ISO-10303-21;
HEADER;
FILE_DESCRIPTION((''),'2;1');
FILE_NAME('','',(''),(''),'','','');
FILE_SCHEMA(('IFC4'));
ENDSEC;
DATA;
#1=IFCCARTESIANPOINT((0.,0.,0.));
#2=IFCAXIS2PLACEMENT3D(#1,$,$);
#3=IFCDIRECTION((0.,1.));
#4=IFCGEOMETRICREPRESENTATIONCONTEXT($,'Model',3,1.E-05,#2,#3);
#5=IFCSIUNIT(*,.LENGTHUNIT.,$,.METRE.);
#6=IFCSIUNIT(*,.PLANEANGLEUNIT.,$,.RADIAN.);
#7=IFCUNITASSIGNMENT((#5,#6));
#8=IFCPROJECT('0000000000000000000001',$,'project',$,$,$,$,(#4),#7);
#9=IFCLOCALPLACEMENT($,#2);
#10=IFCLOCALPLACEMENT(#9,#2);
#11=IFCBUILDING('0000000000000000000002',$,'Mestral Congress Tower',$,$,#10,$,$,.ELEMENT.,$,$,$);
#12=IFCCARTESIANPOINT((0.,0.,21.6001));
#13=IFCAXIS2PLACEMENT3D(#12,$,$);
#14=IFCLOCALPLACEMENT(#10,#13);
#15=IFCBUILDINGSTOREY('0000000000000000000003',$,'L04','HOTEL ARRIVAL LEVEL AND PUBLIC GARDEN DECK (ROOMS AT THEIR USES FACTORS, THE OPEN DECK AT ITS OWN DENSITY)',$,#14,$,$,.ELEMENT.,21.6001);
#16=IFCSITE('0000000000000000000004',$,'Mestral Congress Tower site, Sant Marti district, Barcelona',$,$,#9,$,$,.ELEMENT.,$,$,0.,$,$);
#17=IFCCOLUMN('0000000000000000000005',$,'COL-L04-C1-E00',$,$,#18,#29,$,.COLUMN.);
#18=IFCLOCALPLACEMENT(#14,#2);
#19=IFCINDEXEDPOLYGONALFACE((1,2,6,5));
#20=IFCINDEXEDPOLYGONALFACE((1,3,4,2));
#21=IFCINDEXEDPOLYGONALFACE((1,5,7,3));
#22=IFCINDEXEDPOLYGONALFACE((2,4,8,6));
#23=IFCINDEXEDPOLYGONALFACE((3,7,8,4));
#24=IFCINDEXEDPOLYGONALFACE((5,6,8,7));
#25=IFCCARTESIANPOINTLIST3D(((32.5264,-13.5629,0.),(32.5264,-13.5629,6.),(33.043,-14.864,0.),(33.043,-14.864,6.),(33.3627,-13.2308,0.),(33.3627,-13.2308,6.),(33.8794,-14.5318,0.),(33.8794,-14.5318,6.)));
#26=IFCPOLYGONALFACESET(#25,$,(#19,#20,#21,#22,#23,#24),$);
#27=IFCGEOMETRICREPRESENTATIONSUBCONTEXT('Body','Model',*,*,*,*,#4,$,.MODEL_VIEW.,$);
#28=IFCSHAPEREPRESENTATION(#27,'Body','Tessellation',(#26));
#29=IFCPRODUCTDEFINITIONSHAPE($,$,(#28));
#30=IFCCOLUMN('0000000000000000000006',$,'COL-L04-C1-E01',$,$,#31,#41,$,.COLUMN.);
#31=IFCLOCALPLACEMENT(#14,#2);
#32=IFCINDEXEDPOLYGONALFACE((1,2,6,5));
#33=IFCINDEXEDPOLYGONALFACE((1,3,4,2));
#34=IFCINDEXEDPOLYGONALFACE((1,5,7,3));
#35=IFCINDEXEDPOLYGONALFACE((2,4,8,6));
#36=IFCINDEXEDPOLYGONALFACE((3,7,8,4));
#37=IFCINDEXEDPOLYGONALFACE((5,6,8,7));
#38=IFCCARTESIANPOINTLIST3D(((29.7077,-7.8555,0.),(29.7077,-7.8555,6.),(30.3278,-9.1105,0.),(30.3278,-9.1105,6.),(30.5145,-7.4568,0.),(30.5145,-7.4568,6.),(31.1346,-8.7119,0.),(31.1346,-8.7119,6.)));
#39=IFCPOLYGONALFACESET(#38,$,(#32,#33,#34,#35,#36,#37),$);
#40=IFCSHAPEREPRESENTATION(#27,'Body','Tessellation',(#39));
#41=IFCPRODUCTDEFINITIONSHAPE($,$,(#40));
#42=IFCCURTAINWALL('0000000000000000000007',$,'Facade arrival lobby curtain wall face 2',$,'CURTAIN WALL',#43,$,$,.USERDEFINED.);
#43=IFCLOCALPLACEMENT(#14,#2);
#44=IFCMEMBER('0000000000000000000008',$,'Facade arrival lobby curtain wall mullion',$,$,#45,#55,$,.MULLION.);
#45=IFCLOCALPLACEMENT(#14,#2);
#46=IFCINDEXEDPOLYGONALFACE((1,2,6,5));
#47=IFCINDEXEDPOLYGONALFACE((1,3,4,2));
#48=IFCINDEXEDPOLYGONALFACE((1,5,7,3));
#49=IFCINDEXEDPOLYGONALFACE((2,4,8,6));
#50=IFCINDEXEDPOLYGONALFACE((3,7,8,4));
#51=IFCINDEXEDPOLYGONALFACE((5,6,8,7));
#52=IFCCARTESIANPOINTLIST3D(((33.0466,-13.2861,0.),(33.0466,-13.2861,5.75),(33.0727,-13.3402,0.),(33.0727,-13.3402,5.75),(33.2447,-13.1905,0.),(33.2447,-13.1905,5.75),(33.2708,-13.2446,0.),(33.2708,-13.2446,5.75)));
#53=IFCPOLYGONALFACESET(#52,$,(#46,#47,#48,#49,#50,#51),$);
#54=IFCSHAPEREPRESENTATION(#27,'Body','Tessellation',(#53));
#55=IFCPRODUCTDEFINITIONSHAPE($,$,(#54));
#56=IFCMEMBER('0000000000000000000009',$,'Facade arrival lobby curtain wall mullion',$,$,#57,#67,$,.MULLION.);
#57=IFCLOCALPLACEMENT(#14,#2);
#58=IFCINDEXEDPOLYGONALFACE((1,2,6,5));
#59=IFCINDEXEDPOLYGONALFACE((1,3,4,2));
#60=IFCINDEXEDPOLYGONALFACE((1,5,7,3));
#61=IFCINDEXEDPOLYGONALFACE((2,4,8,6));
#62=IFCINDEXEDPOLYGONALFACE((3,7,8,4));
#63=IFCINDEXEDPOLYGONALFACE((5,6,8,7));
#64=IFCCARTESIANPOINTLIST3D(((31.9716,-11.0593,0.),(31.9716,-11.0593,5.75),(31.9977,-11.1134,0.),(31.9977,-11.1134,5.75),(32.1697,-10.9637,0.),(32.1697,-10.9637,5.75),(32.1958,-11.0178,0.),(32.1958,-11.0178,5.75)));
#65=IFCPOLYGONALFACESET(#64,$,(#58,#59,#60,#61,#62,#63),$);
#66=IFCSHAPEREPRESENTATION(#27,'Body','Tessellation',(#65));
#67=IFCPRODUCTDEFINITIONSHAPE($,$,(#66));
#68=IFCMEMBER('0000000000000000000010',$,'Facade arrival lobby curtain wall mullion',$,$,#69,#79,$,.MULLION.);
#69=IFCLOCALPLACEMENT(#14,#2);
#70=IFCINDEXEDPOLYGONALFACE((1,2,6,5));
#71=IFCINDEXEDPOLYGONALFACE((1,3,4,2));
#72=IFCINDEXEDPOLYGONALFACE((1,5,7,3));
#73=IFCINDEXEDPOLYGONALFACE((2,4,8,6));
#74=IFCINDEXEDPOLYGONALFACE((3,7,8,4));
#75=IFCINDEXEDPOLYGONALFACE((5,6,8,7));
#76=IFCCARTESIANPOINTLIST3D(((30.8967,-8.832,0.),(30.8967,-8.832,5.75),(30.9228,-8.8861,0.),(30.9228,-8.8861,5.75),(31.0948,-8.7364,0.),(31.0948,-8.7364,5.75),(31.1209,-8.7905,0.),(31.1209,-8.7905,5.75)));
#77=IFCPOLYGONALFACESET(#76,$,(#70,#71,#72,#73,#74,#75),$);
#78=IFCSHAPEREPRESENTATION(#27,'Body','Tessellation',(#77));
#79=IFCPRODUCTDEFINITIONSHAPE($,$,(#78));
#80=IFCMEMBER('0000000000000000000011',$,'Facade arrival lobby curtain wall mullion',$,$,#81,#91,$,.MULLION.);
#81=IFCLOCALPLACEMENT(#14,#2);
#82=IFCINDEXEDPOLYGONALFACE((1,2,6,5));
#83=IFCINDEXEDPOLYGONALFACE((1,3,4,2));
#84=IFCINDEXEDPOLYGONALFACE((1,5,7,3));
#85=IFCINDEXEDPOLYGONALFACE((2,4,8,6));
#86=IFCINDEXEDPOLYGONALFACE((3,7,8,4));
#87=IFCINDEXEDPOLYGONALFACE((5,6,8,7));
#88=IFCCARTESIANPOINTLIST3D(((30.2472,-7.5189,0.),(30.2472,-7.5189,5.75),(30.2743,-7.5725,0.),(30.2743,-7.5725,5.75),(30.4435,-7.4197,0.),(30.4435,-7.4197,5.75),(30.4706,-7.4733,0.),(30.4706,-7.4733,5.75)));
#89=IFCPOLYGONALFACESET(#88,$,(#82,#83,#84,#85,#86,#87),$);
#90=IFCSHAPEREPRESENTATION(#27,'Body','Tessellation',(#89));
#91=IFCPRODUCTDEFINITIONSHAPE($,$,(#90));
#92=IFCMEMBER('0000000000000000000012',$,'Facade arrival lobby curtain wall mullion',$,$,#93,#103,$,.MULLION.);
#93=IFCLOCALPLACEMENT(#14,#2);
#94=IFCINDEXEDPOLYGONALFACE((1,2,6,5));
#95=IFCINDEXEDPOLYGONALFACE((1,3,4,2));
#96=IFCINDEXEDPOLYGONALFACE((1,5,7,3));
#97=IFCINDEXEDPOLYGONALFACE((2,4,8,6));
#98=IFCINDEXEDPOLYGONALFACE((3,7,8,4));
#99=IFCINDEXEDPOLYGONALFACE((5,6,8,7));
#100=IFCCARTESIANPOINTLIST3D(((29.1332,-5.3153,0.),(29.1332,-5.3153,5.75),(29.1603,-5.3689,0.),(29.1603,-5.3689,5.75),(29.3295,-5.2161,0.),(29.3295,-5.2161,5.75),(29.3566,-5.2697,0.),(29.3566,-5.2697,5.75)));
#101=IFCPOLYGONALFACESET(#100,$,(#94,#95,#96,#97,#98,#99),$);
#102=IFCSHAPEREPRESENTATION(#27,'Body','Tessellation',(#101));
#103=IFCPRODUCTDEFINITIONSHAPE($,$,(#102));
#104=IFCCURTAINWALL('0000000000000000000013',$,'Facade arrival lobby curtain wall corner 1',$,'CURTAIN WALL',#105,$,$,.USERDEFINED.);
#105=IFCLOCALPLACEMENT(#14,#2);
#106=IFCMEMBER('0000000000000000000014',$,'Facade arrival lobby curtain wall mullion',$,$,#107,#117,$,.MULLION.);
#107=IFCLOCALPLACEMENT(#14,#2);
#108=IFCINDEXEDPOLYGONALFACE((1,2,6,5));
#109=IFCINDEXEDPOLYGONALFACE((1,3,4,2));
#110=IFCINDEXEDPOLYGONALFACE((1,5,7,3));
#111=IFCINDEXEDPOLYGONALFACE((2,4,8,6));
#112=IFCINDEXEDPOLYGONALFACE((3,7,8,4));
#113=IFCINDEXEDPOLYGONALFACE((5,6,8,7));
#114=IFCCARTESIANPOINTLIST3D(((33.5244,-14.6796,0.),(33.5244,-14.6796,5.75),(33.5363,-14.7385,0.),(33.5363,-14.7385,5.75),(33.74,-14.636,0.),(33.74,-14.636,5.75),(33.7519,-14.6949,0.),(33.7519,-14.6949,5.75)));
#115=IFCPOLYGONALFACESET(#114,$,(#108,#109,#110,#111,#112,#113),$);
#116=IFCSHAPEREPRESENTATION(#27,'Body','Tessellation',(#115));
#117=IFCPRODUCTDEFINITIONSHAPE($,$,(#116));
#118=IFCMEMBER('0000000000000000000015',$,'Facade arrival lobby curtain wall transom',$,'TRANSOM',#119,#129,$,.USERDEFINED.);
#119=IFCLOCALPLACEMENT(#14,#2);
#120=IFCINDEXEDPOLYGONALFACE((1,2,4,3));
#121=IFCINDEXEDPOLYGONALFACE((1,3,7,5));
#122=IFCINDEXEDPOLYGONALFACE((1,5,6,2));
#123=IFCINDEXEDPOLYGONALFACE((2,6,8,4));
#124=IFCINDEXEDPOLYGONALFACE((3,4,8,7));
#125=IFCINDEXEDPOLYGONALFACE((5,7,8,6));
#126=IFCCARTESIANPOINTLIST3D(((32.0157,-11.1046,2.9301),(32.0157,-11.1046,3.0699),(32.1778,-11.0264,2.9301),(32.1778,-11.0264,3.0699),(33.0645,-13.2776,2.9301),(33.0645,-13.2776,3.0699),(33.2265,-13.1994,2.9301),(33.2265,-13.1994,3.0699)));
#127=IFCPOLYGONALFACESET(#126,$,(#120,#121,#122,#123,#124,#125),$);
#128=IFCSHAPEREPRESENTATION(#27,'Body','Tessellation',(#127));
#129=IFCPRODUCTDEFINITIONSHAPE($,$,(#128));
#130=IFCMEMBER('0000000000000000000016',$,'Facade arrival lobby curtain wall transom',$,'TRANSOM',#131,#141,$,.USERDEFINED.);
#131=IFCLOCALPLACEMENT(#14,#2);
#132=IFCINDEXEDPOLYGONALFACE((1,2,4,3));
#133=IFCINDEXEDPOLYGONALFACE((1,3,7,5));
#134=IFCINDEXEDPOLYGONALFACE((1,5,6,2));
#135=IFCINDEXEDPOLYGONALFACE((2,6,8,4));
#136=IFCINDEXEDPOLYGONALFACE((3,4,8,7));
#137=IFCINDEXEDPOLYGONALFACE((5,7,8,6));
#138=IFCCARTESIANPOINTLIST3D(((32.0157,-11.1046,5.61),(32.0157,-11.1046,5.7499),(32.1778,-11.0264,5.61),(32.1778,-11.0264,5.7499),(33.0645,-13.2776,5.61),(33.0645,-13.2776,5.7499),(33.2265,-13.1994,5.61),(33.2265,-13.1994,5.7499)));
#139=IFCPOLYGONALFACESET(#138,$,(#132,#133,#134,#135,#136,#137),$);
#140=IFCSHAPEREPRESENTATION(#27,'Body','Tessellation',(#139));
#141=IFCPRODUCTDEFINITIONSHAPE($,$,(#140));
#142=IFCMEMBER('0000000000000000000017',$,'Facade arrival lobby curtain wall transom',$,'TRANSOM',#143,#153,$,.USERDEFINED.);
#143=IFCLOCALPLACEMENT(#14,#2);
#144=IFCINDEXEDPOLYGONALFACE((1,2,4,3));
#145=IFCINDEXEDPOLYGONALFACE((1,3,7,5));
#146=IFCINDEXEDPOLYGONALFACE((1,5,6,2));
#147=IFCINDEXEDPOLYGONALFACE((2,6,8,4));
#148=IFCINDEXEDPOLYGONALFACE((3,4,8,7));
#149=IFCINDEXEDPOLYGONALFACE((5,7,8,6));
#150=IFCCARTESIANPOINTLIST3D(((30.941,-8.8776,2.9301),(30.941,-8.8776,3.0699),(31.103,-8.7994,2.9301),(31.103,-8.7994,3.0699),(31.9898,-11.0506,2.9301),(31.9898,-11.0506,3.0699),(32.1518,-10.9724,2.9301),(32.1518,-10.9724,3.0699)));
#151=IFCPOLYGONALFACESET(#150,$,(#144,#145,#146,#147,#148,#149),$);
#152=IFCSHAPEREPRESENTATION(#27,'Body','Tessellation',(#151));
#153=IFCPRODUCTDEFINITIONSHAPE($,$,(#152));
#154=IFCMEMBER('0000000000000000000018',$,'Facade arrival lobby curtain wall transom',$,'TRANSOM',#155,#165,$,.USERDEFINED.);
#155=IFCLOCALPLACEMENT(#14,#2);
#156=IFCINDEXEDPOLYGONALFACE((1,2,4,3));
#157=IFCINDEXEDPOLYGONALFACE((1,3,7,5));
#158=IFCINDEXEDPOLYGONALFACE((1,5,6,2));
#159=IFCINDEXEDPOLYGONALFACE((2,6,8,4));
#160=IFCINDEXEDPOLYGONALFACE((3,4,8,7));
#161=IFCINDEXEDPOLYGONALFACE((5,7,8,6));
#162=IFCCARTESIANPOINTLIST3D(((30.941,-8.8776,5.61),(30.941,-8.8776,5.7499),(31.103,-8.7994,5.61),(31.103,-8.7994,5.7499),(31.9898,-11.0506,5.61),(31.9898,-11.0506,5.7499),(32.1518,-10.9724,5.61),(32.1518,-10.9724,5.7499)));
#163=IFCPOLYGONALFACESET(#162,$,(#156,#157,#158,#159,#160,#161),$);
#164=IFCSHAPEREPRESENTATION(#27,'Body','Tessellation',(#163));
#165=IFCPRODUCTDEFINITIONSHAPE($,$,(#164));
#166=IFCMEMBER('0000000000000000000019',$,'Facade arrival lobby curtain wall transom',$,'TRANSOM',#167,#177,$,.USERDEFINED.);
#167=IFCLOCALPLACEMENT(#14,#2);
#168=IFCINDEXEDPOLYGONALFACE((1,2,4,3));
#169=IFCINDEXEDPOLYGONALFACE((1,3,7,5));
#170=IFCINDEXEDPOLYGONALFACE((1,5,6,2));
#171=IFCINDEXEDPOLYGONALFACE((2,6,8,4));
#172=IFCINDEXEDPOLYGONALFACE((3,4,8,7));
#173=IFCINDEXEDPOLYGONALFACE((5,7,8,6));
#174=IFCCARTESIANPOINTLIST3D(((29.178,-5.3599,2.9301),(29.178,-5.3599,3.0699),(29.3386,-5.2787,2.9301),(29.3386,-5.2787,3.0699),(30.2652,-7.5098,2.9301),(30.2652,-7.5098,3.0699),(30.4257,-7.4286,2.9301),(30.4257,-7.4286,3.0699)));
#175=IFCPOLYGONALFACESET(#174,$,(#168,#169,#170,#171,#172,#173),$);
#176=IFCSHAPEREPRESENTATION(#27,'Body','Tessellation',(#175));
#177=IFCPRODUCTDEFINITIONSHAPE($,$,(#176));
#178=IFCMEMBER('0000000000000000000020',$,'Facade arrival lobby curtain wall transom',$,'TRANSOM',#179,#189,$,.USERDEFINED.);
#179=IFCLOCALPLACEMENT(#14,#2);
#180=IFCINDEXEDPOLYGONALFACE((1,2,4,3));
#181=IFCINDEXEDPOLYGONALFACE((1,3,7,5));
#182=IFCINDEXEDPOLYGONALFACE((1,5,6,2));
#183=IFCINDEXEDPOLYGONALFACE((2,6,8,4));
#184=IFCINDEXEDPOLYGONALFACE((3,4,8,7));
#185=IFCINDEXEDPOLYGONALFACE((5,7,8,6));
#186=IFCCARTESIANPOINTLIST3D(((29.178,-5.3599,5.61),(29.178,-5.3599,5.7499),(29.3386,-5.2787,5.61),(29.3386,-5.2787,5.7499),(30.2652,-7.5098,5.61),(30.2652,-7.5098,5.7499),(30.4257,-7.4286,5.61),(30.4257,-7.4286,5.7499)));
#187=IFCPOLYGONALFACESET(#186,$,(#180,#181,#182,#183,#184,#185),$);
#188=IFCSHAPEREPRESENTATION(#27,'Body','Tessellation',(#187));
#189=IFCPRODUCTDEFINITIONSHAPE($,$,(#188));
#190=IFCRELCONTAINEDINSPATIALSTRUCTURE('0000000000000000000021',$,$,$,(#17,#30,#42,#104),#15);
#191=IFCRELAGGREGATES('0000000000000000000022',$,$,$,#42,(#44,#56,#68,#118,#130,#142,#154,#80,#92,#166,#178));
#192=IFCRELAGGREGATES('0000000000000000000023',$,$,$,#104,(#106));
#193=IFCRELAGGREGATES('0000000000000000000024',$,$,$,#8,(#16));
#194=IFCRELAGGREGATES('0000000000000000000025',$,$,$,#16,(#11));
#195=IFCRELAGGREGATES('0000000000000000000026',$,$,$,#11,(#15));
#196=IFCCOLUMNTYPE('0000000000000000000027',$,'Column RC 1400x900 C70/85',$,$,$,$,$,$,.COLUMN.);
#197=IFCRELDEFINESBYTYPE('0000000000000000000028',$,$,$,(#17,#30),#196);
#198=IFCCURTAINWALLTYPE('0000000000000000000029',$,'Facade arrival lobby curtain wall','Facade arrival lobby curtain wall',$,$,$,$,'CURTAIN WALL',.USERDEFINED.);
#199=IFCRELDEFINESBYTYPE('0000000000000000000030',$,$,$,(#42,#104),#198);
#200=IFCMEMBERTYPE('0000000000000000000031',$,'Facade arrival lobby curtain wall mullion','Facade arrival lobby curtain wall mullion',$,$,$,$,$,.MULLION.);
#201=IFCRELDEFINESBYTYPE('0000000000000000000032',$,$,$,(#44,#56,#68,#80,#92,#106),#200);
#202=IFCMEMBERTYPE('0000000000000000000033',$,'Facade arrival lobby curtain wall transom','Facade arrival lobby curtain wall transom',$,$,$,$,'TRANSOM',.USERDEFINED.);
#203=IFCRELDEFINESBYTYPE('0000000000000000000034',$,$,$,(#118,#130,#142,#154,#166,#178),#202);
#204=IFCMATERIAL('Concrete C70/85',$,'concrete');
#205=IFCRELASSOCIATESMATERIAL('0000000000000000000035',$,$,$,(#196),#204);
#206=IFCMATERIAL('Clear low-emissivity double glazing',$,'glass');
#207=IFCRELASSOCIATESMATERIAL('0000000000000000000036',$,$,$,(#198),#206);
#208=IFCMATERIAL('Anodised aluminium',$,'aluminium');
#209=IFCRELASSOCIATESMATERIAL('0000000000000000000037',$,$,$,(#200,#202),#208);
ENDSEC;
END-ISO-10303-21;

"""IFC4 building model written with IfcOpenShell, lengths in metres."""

from ifc_helpers import new_model, si_unit, direction, frame, origin, origin_2d, place, context, subcontext, project, spatial, rectangle, extrude, material, material_profile, profile_set, type_object, element, aggregate, save


model = new_model("IFC4")

# Units and contexts
model_context = context("Model", 3, precision=1e-05, world=origin(), true_north=direction((0.0, 1.0)))
body_context = subcontext(model_context, "Body", "Model", "MODEL_VIEW")
ifc_project = project(units=[si_unit("LENGTHUNIT", "METRE"), si_unit("PLANEANGLEUNIT", "RADIAN")], contexts=[model_context])

# Site, building, storey
site_placement = place(None, origin())
site = spatial("IfcSite", under=ifc_project, at=site_placement, Name="Mestral Congress Tower site, Sant Marti district, Barcelona", CompositionType="ELEMENT", RefElevation=0.0)
building_placement = place(site_placement, origin())
building = spatial("IfcBuilding", under=site, at=building_placement, Name="Mestral Congress Tower", CompositionType="ELEMENT")
storey_placement = place(building_placement, frame((0.0, 0.0, 21.6001)))
storey = spatial("IfcBuildingStorey", under=building, at=storey_placement, Name="L04", Description="HOTEL ARRIVAL LEVEL AND PUBLIC GARDEN DECK (ROOMS AT THEIR USES FACTORS, THE OPEN DECK AT ITS OWN DENSITY)", CompositionType="ELEMENT", Elevation=21.6001)

# Columns
ifc_material_1 = material(Name="Concrete C70/85", Category="concrete")
ifc_material_profile_1 = material_profile(ifc_material_1, rectangle(XDim=1.3999, YDim=0.8999, at=origin_2d()), Name="RC 1400x900")
ifc_profile_set_1 = profile_set([ifc_material_profile_1], Name="Concrete C70/85")
column_type = type_object("IfcColumnType", Name="Column RC 1400x900 C70/85", PredefinedType="COLUMN", material=ifc_profile_set_1)
for number, where, z_axis, x_axis, name in (
    (1, (33.2029, -14.0474, 0.0), (0.0, 0.0, 1.0), (-0.36909, 0.929394, 0.0), "COL-L04-C1-E00"),
    (2, (30.4211, -8.2837, 0.0), (0.0, 0.0, 1.0), (-0.442959, 0.896542, 0.0), "COL-L04-C1-E01"),
):
    element("IfcColumn", number, at=place(storey_placement, frame(where, z_axis=z_axis, x_axis=x_axis)), inside=storey, type_object=column_type, Name=name, PredefinedType="COLUMN", context=body_context, shape_type="SweptSolid", body=[
        extrude(rectangle(XDim=1.3999, YDim=0.8999, at=origin_2d()), origin(), (0.0, 0.0, 1.0), 6.0),
    ])

# Curtain wall, members
ifc_material_2 = material(Name="Clear low-emissivity double glazing", Category="glass")
curtain_wall_type = type_object("IfcCurtainWallType", Name="Facade arrival lobby curtain wall", Description="Facade arrival lobby curtain wall", ElementType="CURTAIN WALL", PredefinedType="USERDEFINED", material=ifc_material_2)
placement = place(storey_placement, origin())
curtain_wall_1 = element("IfcCurtainWall", 3, at=placement, inside=storey, type_object=curtain_wall_type, Name="Facade arrival lobby curtain wall face 2", ObjectType="CURTAIN WALL", PredefinedType="USERDEFINED")
ifc_material_3 = material(Name="Anodised aluminium", Category="aluminium")
ifc_material_profile_2 = material_profile(ifc_material_3, rectangle(XDim=0.22, YDim=0.0601, at=origin_2d()), Name="CW4 mullion 220 x 60")
ifc_profile_set_2 = profile_set([ifc_material_profile_2], Name="Anodised aluminium")
member_type_1 = type_object("IfcMemberType", Name="Facade arrival lobby curtain wall mullion", Description="Facade arrival lobby curtain wall mullion", PredefinedType="MULLION", material=ifc_profile_set_2)
member_1_placement = place(storey_placement, frame((33.1587, -13.2654, 0.0), z_axis=(0.0, 0.0, 1.0), x_axis=(0.900596, 0.434657, 0.0)))
member_1 = element("IfcMember", 4, at=member_1_placement, type_object=member_type_1, Name="Facade arrival lobby curtain wall mullion", PredefinedType="MULLION", context=body_context, shape_type="SweptSolid", body=[
    extrude(rectangle(XDim=0.22, YDim=0.0601, at=origin_2d()), origin(), (0.0, 0.0, 1.0), 5.75),
])
member_2_placement = place(storey_placement, frame((32.0837, -11.0386, 0.0), z_axis=(0.0, 0.0, 1.0), x_axis=(0.900596, 0.434657, 0.0)))
member_2 = element("IfcMember", 5, at=member_2_placement, type_object=member_type_1, Name="Facade arrival lobby curtain wall mullion", PredefinedType="MULLION", context=body_context, shape_type="SweptSolid", body=[
    extrude(rectangle(XDim=0.22, YDim=0.0601, at=origin_2d()), origin(), (0.0, 0.0, 1.0), 5.75),
])
member_3_placement = place(storey_placement, frame((31.0088, -8.8113, 0.0), z_axis=(0.0, 0.0, 1.0), x_axis=(0.900596, 0.434657, 0.0)))
member_3 = element("IfcMember", 6, at=member_3_placement, type_object=member_type_1, Name="Facade arrival lobby curtain wall mullion", PredefinedType="MULLION", context=body_context, shape_type="SweptSolid", body=[
    extrude(rectangle(XDim=0.22, YDim=0.0601, at=origin_2d()), origin(), (0.0, 0.0, 1.0), 5.75),
])
member_4_placement = place(storey_placement, frame((30.3589, -7.4961, 0.0), z_axis=(0.0, 0.0, 1.0), x_axis=(0.892414, 0.451217, 0.0)))
member_4 = element("IfcMember", 7, at=member_4_placement, type_object=member_type_1, Name="Facade arrival lobby curtain wall mullion", PredefinedType="MULLION", context=body_context, shape_type="SweptSolid", body=[
    extrude(rectangle(XDim=0.22, YDim=0.0601, at=origin_2d()), origin(), (0.0, 0.0, 1.0), 5.75),
])
member_5_placement = place(storey_placement, frame((29.2449, -5.2925, 0.0), z_axis=(0.0, 0.0, 1.0), x_axis=(0.892414, 0.451217, 0.0)))
member_5 = element("IfcMember", 8, at=member_5_placement, type_object=member_type_1, Name="Facade arrival lobby curtain wall mullion", PredefinedType="MULLION", context=body_context, shape_type="SweptSolid", body=[
    extrude(rectangle(XDim=0.22, YDim=0.0601, at=origin_2d()), origin(), (0.0, 0.0, 1.0), 5.75),
])

# Curtain wall, member
curtain_wall_2 = element("IfcCurtainWall", 9, at=placement, inside=storey, type_object=curtain_wall_type, Name="Facade arrival lobby curtain wall corner 1", ObjectType="CURTAIN WALL", PredefinedType="USERDEFINED")
member_6_placement = place(storey_placement, frame((33.6382, -14.6873, 0.0), z_axis=(0.0, 0.0, 1.0), x_axis=(0.980186, 0.198078, 0.0)))
member_6 = element("IfcMember", 10, at=member_6_placement, type_object=member_type_1, Name="Facade arrival lobby curtain wall mullion", PredefinedType="MULLION", context=body_context, shape_type="SweptSolid", body=[
    extrude(rectangle(XDim=0.22, YDim=0.0601, at=origin_2d()), origin(), (0.0, 0.0, 1.0), 5.75),
])

# Members
ifc_material_profile_3 = material_profile(ifc_material_3, rectangle(XDim=0.1799, YDim=0.1399, at=origin_2d()), Name="CW4 transom 180 x 140")
ifc_profile_set_3 = profile_set([ifc_material_profile_3], Name="Anodised aluminium")
member_type_2 = type_object("IfcMemberType", Name="Facade arrival lobby curtain wall transom", Description="Facade arrival lobby curtain wall transom", ElementType="TRANSOM", PredefinedType="USERDEFINED", material=ifc_profile_set_3)
member_7_placement = place(storey_placement, frame((33.1455, -13.2385, 3.0), z_axis=(-0.434664, 0.900593, 0.0), x_axis=(-0.900593, -0.434664, 0.0)))
member_7 = element("IfcMember", 11, at=member_7_placement, type_object=member_type_2, Name="Facade arrival lobby curtain wall transom", ObjectType="TRANSOM", PredefinedType="USERDEFINED", context=body_context, shape_type="SweptSolid", body=[
    extrude(rectangle(XDim=0.1799, YDim=0.1399, at=origin_2d()), origin(), (0.0, 0.0, 1.0), 2.4128),
])
member_8_placement = place(storey_placement, frame((33.1455, -13.2385, 5.6799), z_axis=(-0.434664, 0.900593, 0.0), x_axis=(-0.900593, -0.434664, 0.0)))
member_8 = element("IfcMember", 12, at=member_8_placement, type_object=member_type_2, Name="Facade arrival lobby curtain wall transom", ObjectType="TRANSOM", PredefinedType="USERDEFINED", context=body_context, shape_type="SweptSolid", body=[
    extrude(rectangle(XDim=0.1799, YDim=0.1399, at=origin_2d()), origin(), (0.0, 0.0, 1.0), 2.4128),
])
member_9_placement = place(storey_placement, frame((32.0708, -11.0115, 3.0), z_axis=(-0.434664, 0.900593, 0.0), x_axis=(-0.900593, -0.434664, 0.0)))
member_9 = element("IfcMember", 13, at=member_9_placement, type_object=member_type_2, Name="Facade arrival lobby curtain wall transom", ObjectType="TRANSOM", PredefinedType="USERDEFINED", context=body_context, shape_type="SweptSolid", body=[
    extrude(rectangle(XDim=0.1799, YDim=0.1399, at=origin_2d()), origin(), (0.0, 0.0, 1.0), 2.4128),
])
member_10_placement = place(storey_placement, frame((32.0708, -11.0115, 5.6799), z_axis=(-0.434664, 0.900593, 0.0), x_axis=(-0.900593, -0.434664, 0.0)))
member_10 = element("IfcMember", 14, at=member_10_placement, type_object=member_type_2, Name="Facade arrival lobby curtain wall transom", ObjectType="TRANSOM", PredefinedType="USERDEFINED", context=body_context, shape_type="SweptSolid", body=[
    extrude(rectangle(XDim=0.1799, YDim=0.1399, at=origin_2d()), origin(), (0.0, 0.0, 1.0), 2.4128),
])
member_11_placement = place(storey_placement, frame((30.3455, -7.4692, 3.0), z_axis=(-0.451263, 0.892391, 0.0), x_axis=(-0.892391, -0.451263, 0.0)))
member_11 = element("IfcMember", 15, at=member_11_placement, type_object=member_type_2, Name="Facade arrival lobby curtain wall transom", ObjectType="TRANSOM", PredefinedType="USERDEFINED", context=body_context, shape_type="SweptSolid", body=[
    extrude(rectangle(XDim=0.1799, YDim=0.1399, at=origin_2d()), origin(), (0.0, 0.0, 1.0), 2.4092),
])
member_12_placement = place(storey_placement, frame((30.3455, -7.4692, 5.6799), z_axis=(-0.451263, 0.892391, 0.0), x_axis=(-0.892391, -0.451263, 0.0)))
member_12 = element("IfcMember", 16, at=member_12_placement, type_object=member_type_2, Name="Facade arrival lobby curtain wall transom", ObjectType="TRANSOM", PredefinedType="USERDEFINED", context=body_context, shape_type="SweptSolid", body=[
    extrude(rectangle(XDim=0.1799, YDim=0.1399, at=origin_2d()), origin(), (0.0, 0.0, 1.0), 2.4092),
])

aggregate(curtain_wall_1, [member_1, member_2, member_3, member_7, member_8, member_9, member_10, member_4, member_5, member_11, member_12])
aggregate(curtain_wall_2, [member_6])

save(model, "model.ifc")
